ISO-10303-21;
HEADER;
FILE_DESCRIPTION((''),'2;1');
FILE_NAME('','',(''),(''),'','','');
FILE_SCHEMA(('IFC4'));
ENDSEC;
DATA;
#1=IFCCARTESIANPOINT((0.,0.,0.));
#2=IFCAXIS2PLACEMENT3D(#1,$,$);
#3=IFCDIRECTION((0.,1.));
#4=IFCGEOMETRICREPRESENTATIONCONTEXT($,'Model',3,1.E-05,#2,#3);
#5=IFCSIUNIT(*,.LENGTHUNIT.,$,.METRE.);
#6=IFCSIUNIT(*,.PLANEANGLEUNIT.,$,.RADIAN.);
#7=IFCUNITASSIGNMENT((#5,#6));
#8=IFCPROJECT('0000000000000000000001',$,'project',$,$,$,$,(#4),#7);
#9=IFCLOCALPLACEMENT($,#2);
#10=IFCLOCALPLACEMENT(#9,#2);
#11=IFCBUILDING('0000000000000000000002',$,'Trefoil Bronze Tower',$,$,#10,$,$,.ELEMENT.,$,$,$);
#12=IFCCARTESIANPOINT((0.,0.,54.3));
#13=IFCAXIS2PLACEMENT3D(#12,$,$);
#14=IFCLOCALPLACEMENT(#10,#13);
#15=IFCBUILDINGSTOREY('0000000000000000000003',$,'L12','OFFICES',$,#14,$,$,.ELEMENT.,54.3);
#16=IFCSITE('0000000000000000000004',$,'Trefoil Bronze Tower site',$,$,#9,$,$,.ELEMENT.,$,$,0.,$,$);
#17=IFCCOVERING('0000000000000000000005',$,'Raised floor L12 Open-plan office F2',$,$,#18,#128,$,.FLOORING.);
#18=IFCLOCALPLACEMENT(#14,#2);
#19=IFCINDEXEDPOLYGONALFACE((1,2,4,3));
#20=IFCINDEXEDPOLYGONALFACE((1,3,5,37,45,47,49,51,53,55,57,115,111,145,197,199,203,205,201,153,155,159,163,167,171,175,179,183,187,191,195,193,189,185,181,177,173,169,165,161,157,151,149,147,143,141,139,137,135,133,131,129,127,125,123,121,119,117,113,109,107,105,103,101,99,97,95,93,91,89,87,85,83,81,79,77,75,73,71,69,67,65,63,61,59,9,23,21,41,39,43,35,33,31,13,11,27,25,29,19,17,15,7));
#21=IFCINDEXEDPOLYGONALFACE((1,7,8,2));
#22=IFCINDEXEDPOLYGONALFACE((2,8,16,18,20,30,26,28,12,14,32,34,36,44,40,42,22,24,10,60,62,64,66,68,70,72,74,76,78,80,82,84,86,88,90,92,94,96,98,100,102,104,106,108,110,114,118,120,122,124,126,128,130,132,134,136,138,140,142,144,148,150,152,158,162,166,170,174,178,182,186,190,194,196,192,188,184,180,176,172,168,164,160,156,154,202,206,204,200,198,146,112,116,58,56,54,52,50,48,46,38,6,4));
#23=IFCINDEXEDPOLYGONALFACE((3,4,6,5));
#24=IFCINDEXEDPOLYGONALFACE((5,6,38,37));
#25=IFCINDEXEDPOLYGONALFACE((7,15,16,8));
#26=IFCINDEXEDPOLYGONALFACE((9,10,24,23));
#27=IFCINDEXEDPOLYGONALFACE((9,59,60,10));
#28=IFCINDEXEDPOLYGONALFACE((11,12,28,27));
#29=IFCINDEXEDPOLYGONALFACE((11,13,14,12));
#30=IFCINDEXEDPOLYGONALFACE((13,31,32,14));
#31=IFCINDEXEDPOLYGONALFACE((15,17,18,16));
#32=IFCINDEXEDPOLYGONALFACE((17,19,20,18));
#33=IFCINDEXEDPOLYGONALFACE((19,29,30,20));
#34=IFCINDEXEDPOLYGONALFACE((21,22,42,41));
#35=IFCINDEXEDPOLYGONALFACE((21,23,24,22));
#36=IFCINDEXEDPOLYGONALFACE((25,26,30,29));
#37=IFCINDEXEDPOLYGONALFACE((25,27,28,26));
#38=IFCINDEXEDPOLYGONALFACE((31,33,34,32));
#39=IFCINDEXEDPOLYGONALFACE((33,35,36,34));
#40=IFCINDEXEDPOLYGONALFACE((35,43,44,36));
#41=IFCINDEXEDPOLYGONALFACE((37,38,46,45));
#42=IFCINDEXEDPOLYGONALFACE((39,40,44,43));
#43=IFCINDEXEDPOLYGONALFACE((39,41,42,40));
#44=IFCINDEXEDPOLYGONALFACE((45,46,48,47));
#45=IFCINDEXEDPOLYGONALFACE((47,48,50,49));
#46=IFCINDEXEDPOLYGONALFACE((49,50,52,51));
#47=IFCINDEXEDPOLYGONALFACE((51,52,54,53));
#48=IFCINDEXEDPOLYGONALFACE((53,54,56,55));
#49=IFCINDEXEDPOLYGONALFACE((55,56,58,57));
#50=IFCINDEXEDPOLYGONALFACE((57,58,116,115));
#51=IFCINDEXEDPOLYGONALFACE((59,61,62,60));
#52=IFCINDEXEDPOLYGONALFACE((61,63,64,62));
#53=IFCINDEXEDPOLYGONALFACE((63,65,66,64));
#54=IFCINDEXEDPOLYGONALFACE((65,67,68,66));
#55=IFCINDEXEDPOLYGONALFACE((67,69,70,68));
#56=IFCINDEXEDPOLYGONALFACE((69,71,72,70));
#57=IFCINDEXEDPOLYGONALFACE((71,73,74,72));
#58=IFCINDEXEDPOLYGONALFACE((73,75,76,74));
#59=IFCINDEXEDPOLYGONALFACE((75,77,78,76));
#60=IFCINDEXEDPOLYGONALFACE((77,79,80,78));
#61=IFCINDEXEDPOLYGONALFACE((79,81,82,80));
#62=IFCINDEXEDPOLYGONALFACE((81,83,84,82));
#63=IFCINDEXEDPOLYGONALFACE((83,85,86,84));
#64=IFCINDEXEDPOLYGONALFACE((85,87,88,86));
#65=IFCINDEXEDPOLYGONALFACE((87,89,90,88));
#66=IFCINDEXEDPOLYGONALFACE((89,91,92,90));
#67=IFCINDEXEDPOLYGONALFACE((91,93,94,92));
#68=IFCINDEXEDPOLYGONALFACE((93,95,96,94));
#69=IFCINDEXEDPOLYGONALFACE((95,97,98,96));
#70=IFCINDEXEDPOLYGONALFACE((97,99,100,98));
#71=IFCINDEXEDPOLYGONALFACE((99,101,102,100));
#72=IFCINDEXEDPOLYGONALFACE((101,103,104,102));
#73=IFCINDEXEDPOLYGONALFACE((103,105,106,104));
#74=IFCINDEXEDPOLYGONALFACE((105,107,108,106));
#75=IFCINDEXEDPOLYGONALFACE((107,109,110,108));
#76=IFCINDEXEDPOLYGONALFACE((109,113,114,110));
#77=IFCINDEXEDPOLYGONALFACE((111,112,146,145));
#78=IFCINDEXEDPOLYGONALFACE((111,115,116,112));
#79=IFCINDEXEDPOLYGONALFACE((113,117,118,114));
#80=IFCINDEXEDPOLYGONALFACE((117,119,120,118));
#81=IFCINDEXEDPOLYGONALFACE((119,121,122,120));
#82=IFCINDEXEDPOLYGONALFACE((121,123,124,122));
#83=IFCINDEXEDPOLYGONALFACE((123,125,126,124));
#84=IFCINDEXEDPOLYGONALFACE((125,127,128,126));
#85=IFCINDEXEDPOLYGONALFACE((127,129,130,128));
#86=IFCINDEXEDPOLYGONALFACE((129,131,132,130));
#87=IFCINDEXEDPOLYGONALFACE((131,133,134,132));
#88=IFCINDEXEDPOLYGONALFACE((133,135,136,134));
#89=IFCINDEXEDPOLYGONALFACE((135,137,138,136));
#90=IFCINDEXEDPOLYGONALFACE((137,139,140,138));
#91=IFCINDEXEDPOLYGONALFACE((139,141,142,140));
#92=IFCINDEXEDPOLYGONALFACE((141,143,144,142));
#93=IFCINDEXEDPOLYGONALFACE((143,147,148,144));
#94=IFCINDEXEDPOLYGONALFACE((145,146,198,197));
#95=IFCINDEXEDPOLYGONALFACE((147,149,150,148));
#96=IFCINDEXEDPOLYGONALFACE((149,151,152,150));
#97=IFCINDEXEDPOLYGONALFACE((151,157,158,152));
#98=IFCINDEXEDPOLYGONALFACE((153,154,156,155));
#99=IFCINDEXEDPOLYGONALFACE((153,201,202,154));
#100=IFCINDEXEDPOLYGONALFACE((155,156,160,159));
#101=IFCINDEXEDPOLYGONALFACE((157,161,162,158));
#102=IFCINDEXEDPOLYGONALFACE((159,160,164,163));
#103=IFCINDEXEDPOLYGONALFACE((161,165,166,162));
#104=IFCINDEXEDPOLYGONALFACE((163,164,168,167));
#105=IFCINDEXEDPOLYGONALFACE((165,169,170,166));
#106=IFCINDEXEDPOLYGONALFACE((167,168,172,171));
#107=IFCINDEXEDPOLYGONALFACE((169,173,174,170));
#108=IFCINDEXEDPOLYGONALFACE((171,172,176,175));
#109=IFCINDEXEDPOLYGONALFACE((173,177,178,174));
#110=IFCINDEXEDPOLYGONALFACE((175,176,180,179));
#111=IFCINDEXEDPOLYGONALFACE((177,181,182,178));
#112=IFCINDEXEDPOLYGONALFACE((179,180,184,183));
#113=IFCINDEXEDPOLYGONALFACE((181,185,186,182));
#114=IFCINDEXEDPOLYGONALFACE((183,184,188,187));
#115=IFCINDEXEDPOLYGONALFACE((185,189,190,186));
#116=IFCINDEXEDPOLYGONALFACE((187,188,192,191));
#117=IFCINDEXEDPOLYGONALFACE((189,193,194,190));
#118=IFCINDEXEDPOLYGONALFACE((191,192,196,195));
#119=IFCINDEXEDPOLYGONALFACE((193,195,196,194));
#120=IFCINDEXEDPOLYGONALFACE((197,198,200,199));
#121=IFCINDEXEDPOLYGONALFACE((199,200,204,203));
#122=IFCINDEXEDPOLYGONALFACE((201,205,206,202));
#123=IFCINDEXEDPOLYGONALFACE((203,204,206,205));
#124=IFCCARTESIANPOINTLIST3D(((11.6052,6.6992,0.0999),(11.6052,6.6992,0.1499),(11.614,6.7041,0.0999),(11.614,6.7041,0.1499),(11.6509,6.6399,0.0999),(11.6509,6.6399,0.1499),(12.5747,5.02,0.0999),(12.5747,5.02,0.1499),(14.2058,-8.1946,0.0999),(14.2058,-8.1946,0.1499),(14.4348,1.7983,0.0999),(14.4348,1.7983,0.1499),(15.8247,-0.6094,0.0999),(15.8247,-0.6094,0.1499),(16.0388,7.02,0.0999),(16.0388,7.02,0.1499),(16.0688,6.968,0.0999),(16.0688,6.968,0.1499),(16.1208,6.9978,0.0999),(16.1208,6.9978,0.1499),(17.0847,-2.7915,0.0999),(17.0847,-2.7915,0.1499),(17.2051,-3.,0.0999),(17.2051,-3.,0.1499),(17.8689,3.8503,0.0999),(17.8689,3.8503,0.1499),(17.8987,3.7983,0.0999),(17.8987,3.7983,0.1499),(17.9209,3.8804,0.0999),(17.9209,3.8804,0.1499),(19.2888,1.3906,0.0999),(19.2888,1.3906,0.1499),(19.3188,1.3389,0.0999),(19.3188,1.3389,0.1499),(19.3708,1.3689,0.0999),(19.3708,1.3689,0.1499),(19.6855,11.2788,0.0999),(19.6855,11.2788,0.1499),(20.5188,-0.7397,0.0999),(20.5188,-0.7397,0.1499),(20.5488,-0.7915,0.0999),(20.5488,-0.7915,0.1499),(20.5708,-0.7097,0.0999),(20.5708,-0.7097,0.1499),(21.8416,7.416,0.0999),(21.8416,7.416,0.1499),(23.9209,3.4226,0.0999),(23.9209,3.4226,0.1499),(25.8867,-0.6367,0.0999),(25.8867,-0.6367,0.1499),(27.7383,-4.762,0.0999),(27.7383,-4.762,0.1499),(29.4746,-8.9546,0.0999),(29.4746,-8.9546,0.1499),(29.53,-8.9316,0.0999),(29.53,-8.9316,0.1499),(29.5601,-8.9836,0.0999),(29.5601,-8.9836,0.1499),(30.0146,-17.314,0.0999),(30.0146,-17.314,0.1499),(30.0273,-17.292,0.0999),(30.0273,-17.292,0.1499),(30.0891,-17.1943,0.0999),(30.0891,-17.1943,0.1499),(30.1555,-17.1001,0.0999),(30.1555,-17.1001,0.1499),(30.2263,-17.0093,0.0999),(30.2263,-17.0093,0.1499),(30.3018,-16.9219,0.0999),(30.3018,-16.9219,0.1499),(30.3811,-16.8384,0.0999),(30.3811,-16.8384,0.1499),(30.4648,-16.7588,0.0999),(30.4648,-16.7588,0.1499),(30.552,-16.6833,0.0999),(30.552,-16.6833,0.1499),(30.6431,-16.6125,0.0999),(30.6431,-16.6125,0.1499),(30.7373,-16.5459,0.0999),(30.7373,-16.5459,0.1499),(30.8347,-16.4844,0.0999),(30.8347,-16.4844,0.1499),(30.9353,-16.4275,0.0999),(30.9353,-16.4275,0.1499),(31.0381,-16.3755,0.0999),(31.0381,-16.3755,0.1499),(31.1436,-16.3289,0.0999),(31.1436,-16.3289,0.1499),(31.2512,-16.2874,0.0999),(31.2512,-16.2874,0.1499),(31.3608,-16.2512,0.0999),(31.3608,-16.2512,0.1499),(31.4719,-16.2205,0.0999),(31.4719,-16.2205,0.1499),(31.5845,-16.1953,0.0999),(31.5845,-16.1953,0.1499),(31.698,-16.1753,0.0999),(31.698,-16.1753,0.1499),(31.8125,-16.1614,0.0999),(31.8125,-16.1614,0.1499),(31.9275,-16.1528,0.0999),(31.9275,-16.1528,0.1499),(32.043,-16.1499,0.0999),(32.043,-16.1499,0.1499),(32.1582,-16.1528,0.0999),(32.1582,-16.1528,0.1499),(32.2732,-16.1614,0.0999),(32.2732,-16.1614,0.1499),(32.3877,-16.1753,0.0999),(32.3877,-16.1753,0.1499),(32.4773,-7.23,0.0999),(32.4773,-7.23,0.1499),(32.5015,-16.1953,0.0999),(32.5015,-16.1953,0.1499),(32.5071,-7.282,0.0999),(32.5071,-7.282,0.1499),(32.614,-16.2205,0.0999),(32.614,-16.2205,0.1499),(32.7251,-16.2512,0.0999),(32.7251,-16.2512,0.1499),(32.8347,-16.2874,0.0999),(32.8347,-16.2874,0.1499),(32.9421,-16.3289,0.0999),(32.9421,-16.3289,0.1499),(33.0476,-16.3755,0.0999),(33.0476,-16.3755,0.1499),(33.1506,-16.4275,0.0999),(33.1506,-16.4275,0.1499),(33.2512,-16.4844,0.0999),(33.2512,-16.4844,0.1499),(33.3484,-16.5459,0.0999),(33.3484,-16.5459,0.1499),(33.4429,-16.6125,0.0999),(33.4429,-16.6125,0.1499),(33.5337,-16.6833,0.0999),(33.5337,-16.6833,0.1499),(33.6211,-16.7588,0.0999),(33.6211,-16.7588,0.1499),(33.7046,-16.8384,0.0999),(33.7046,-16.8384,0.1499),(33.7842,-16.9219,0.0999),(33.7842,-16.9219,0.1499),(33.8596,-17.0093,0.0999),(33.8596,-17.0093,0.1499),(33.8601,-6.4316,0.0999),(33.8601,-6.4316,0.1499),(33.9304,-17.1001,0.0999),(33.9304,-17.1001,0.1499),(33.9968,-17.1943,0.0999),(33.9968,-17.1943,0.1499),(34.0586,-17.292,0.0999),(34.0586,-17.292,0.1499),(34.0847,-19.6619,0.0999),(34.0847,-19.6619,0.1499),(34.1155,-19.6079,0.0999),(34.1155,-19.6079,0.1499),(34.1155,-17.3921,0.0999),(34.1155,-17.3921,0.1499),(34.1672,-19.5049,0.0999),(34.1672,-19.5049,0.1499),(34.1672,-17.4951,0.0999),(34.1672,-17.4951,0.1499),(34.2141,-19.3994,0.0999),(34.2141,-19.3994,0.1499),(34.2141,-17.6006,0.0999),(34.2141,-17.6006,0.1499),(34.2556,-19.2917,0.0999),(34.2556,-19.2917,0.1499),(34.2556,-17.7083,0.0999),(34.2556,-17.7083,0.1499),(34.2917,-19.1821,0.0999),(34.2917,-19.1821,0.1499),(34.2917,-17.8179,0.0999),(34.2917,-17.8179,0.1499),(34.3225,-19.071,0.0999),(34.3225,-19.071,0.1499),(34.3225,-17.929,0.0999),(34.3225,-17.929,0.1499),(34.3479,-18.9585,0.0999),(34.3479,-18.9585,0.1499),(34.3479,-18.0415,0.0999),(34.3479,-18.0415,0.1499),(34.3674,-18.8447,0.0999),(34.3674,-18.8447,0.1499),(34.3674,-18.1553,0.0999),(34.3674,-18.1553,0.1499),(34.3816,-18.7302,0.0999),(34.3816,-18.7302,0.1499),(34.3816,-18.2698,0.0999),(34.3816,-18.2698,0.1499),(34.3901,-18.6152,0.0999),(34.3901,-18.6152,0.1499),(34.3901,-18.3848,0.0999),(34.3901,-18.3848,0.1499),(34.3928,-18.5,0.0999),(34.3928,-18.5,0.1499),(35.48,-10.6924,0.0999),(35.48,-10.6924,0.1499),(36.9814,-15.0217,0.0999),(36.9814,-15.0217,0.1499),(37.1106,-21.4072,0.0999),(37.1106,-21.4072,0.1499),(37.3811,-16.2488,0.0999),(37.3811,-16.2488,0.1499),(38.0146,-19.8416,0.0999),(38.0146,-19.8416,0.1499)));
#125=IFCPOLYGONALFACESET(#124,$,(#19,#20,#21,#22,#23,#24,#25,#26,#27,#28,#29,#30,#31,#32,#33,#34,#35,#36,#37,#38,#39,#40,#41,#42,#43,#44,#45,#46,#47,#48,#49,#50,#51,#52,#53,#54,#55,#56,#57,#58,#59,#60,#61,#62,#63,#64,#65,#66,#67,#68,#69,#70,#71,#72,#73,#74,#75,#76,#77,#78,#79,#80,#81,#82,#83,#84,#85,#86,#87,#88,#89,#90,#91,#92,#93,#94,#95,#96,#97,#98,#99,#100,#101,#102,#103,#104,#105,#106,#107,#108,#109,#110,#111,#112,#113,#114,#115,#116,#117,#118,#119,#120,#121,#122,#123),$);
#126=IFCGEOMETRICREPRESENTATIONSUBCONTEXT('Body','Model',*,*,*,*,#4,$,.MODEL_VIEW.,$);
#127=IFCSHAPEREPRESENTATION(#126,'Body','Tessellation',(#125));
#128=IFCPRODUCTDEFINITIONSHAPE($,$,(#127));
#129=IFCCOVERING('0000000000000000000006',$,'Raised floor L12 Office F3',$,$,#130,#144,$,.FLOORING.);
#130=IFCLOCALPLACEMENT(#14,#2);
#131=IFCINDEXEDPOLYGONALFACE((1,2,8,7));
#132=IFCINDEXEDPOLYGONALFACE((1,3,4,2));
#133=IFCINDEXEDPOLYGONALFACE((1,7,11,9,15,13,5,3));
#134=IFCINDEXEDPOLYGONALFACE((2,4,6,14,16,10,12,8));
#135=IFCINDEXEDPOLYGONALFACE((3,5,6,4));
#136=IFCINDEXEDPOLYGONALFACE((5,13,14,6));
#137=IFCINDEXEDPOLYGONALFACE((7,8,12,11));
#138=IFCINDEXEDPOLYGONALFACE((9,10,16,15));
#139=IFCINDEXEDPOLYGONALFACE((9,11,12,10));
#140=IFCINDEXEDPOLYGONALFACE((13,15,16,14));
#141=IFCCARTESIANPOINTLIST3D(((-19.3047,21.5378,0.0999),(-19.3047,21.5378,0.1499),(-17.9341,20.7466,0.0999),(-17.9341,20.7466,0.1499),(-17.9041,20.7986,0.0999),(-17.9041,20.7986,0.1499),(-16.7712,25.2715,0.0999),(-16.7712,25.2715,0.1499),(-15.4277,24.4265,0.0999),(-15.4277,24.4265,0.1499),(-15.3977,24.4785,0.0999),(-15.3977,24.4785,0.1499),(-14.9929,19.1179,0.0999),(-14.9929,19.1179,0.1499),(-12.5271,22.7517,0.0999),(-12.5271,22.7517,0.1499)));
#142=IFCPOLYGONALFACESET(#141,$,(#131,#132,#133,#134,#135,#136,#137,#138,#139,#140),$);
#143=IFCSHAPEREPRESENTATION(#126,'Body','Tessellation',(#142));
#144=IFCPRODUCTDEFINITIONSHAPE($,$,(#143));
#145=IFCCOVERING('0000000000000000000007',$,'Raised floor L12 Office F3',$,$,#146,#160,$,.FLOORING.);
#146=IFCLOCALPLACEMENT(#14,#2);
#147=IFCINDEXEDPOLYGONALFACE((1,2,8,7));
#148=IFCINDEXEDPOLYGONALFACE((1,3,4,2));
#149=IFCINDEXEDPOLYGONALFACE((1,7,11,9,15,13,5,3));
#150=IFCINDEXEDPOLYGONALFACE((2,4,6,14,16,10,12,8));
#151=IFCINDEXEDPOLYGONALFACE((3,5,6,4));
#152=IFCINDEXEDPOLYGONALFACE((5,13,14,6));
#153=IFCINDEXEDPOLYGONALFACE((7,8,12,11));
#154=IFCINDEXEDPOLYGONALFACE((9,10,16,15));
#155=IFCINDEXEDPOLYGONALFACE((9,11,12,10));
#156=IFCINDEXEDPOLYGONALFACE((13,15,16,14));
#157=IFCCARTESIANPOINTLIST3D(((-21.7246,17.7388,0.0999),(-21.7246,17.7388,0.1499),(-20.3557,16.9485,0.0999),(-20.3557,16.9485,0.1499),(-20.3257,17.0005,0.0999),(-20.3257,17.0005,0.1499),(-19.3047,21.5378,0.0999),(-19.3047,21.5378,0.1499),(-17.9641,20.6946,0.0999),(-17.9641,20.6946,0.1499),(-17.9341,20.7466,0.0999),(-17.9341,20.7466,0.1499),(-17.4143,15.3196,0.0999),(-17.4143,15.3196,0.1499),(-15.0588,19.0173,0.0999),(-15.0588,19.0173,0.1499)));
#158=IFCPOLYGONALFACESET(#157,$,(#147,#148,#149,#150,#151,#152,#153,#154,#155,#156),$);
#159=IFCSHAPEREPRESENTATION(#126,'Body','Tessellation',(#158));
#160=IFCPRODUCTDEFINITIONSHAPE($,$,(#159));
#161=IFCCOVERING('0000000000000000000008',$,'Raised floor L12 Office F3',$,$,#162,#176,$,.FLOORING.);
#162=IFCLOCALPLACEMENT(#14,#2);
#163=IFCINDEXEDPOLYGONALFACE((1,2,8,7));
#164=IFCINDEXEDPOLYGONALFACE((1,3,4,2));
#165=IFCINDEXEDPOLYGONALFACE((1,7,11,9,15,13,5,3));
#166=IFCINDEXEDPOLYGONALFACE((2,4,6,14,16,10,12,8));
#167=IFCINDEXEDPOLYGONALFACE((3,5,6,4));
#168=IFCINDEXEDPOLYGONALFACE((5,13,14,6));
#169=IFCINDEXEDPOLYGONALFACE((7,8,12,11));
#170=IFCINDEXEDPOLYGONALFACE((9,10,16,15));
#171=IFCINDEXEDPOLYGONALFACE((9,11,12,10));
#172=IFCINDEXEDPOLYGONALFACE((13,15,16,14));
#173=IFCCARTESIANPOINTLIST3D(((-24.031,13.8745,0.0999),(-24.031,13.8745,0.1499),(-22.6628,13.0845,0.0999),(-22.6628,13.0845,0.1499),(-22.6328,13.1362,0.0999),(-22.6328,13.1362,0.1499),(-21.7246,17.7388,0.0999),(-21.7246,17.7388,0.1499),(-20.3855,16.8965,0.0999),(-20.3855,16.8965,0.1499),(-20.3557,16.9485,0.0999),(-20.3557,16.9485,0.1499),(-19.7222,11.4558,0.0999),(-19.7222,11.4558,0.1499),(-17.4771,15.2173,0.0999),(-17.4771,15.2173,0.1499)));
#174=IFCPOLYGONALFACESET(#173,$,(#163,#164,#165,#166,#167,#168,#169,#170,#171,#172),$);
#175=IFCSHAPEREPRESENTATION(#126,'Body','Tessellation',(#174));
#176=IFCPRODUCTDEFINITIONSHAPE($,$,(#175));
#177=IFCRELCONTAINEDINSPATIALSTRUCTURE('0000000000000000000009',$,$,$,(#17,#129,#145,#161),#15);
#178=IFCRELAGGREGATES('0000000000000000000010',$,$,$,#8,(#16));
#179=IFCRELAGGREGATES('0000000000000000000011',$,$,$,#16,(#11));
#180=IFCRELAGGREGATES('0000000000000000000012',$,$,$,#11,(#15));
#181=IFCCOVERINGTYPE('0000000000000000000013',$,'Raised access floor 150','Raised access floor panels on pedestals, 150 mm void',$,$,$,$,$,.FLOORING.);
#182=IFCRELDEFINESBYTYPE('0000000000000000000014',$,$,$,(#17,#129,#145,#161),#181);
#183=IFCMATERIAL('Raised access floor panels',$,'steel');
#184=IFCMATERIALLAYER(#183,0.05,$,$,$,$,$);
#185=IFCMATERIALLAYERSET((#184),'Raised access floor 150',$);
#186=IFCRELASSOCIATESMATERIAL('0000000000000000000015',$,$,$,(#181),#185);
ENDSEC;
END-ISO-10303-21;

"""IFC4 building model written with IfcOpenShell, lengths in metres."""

from ifc_helpers import new_model, si_unit, direction, frame, origin, place, context, subcontext, project, spatial, polyline, outline, extrude, material, layer, layer_set, type_object, element, save


model = new_model("IFC4")

# Units and contexts
model_context = context("Model", 3, precision=1e-05, world=origin(), true_north=direction((0.0, 1.0)))
body_context = subcontext(model_context, "Body", "Model", "MODEL_VIEW")
ifc_project = project(units=[si_unit("LENGTHUNIT", "METRE"), si_unit("PLANEANGLEUNIT", "RADIAN")], contexts=[model_context])

# Site, building, storey
site_placement = place(None, origin())
site = spatial("IfcSite", under=ifc_project, at=site_placement, Name="Trefoil Bronze Tower site", CompositionType="ELEMENT", RefElevation=0.0)
building_placement = place(site_placement, origin())
building = spatial("IfcBuilding", under=site, at=building_placement, Name="Trefoil Bronze Tower", CompositionType="ELEMENT")
storey_placement = place(building_placement, frame((0.0, 0.0, 54.3)))
storey = spatial("IfcBuildingStorey", under=building, at=storey_placement, Name="L12", Description="OFFICES", CompositionType="ELEMENT", Elevation=54.3)

# Coverings
ifc_material_1 = material(Name="Raised access floor panels", Category="steel")
ifc_layer_1 = layer(ifc_material_1, 0.05)
ifc_layer_set_1 = layer_set([ifc_layer_1], Name="Raised access floor 150")
covering_type_1 = type_object("IfcCoveringType", Name="Raised access floor 150", Description="Raised access floor panels on pedestals, 150 mm void", PredefinedType="FLOORING", material=ifc_layer_set_1)
covering_1_placement = place(storey_placement, frame((0.0, 0.0, 0.0999)))
element("IfcCovering", 1, at=covering_1_placement, inside=storey, type_object=covering_type_1, Name="Raised floor L12 Open-plan office F2", PredefinedType="FLOORING", context=body_context, shape_type="SweptSolid", body=[
    extrude(outline(polyline([(30.0146, -17.314), (14.2058, -8.1946), (17.2051, -3.0), (17.0847, -2.7915), (20.5488, -0.7915), (20.5188, -0.7397), (20.5708, -0.7097), (19.3708, 1.3689), (19.3188, 1.3389), (19.2888, 1.3906), (15.8247, -0.6094), (14.4348, 1.7983), (17.8987, 3.7983), (17.8689, 3.8503), (17.9209, 3.8804), (16.1208, 6.9978), (16.0688, 6.968), (16.0388, 7.02), (12.5747, 5.02), (11.6052, 6.6992), (11.614, 6.7041), (11.6509, 6.6399), (19.6855, 11.2788), (21.8416, 7.416), (23.9209, 3.4226), (25.8867, -0.6367), (27.7383, -4.762), (29.4746, -8.9546), (29.53, -8.9316), (29.5601, -8.9836), (32.5071, -7.282), (32.4773, -7.23), (33.8601, -6.4316), (35.48, -10.6924), (36.9814, -15.0217), (37.3811, -16.2488), (38.0146, -19.8416), (37.1106, -21.4072), (34.0847, -19.6619), (34.1155, -19.6079), (34.1672, -19.5049), (34.2141, -19.3994), (34.2556, -19.2917), (34.2917, -19.1821), (34.3225, -19.071), (34.3479, -18.9585), (34.3674, -18.8447), (34.3816, -18.7302), (34.3901, -18.6152), (34.3928, -18.5), (34.3901, -18.3848), (34.3816, -18.2698), (34.3674, -18.1553), (34.3479, -18.0415), (34.3225, -17.929), (34.2917, -17.8179), (34.2556, -17.7083), (34.2141, -17.6006), (34.1672, -17.4951), (34.1155, -17.3921), (34.0586, -17.292), (33.9968, -17.1943), (33.9304, -17.1001), (33.8596, -17.0093), (33.7842, -16.9219), (33.7046, -16.8384), (33.6211, -16.7588), (33.5337, -16.6833), (33.4429, -16.6125), (33.3484, -16.5459), (33.2512, -16.4844), (33.1506, -16.4275), (33.0476, -16.3755), (32.9421, -16.3289), (32.8347, -16.2874), (32.7251, -16.2512), (32.614, -16.2205), (32.5015, -16.1953), (32.3877, -16.1753), (32.2732, -16.1614), (32.1582, -16.1528), (32.043, -16.1499), (31.9275, -16.1528), (31.8125, -16.1614), (31.698, -16.1753), (31.5845, -16.1953), (31.4719, -16.2205), (31.3608, -16.2512), (31.2512, -16.2874), (31.1436, -16.3289), (31.0381, -16.3755), (30.9353, -16.4275), (30.8347, -16.4844), (30.7373, -16.5459), (30.6431, -16.6125), (30.552, -16.6833), (30.4648, -16.7588), (30.3811, -16.8384), (30.3018, -16.9219), (30.2263, -17.0093), (30.1555, -17.1001), (30.0891, -17.1943), (30.0273, -17.292), (30.0146, -17.314)])), origin(), (0.0, 0.0, 1.0), 0.05),
])
covering_2_placement = place(storey_placement, frame((0.0, 0.0, 0.0999)))
element("IfcCovering", 2, at=covering_2_placement, inside=storey, type_object=covering_type_1, Name="Raised floor L12 Office F3", PredefinedType="FLOORING", context=body_context, shape_type="SweptSolid", body=[
    extrude(outline(polyline([(-19.3047, 21.5378), (-16.7712, 25.2715), (-15.3977, 24.4785), (-15.4277, 24.4265), (-12.5271, 22.7517), (-14.9929, 19.1179), (-17.9041, 20.7986), (-17.9341, 20.7466), (-19.3047, 21.5378)])), origin(), (0.0, 0.0, 1.0), 0.05),
])
covering_3_placement = place(storey_placement, frame((0.0, 0.0, 0.0999)))
element("IfcCovering", 3, at=covering_3_placement, inside=storey, type_object=covering_type_1, Name="Raised floor L12 Office F3", PredefinedType="FLOORING", context=body_context, shape_type="SweptSolid", body=[
    extrude(outline(polyline([(-19.3047, 21.5378), (-17.9341, 20.7466), (-17.9641, 20.6946), (-15.0588, 19.0173), (-17.4143, 15.3196), (-20.3257, 17.0005), (-20.3557, 16.9485), (-21.7246, 17.7388), (-19.3047, 21.5378)])), origin(), (0.0, 0.0, 1.0), 0.05),
])
covering_4_placement = place(storey_placement, frame((0.0, 0.0, 0.0999)))
element("IfcCovering", 4, at=covering_4_placement, inside=storey, type_object=covering_type_1, Name="Raised floor L12 Office F3", PredefinedType="FLOORING", context=body_context, shape_type="SweptSolid", body=[
    extrude(outline(polyline([(-24.031, 13.8745), (-21.7246, 17.7388), (-20.3557, 16.9485), (-20.3855, 16.8965), (-17.4771, 15.2173), (-19.7222, 11.4558), (-22.6328, 13.1362), (-22.6628, 13.0845), (-24.031, 13.8745)])), origin(), (0.0, 0.0, 1.0), 0.05),
])

save(model, "model.ifc")
